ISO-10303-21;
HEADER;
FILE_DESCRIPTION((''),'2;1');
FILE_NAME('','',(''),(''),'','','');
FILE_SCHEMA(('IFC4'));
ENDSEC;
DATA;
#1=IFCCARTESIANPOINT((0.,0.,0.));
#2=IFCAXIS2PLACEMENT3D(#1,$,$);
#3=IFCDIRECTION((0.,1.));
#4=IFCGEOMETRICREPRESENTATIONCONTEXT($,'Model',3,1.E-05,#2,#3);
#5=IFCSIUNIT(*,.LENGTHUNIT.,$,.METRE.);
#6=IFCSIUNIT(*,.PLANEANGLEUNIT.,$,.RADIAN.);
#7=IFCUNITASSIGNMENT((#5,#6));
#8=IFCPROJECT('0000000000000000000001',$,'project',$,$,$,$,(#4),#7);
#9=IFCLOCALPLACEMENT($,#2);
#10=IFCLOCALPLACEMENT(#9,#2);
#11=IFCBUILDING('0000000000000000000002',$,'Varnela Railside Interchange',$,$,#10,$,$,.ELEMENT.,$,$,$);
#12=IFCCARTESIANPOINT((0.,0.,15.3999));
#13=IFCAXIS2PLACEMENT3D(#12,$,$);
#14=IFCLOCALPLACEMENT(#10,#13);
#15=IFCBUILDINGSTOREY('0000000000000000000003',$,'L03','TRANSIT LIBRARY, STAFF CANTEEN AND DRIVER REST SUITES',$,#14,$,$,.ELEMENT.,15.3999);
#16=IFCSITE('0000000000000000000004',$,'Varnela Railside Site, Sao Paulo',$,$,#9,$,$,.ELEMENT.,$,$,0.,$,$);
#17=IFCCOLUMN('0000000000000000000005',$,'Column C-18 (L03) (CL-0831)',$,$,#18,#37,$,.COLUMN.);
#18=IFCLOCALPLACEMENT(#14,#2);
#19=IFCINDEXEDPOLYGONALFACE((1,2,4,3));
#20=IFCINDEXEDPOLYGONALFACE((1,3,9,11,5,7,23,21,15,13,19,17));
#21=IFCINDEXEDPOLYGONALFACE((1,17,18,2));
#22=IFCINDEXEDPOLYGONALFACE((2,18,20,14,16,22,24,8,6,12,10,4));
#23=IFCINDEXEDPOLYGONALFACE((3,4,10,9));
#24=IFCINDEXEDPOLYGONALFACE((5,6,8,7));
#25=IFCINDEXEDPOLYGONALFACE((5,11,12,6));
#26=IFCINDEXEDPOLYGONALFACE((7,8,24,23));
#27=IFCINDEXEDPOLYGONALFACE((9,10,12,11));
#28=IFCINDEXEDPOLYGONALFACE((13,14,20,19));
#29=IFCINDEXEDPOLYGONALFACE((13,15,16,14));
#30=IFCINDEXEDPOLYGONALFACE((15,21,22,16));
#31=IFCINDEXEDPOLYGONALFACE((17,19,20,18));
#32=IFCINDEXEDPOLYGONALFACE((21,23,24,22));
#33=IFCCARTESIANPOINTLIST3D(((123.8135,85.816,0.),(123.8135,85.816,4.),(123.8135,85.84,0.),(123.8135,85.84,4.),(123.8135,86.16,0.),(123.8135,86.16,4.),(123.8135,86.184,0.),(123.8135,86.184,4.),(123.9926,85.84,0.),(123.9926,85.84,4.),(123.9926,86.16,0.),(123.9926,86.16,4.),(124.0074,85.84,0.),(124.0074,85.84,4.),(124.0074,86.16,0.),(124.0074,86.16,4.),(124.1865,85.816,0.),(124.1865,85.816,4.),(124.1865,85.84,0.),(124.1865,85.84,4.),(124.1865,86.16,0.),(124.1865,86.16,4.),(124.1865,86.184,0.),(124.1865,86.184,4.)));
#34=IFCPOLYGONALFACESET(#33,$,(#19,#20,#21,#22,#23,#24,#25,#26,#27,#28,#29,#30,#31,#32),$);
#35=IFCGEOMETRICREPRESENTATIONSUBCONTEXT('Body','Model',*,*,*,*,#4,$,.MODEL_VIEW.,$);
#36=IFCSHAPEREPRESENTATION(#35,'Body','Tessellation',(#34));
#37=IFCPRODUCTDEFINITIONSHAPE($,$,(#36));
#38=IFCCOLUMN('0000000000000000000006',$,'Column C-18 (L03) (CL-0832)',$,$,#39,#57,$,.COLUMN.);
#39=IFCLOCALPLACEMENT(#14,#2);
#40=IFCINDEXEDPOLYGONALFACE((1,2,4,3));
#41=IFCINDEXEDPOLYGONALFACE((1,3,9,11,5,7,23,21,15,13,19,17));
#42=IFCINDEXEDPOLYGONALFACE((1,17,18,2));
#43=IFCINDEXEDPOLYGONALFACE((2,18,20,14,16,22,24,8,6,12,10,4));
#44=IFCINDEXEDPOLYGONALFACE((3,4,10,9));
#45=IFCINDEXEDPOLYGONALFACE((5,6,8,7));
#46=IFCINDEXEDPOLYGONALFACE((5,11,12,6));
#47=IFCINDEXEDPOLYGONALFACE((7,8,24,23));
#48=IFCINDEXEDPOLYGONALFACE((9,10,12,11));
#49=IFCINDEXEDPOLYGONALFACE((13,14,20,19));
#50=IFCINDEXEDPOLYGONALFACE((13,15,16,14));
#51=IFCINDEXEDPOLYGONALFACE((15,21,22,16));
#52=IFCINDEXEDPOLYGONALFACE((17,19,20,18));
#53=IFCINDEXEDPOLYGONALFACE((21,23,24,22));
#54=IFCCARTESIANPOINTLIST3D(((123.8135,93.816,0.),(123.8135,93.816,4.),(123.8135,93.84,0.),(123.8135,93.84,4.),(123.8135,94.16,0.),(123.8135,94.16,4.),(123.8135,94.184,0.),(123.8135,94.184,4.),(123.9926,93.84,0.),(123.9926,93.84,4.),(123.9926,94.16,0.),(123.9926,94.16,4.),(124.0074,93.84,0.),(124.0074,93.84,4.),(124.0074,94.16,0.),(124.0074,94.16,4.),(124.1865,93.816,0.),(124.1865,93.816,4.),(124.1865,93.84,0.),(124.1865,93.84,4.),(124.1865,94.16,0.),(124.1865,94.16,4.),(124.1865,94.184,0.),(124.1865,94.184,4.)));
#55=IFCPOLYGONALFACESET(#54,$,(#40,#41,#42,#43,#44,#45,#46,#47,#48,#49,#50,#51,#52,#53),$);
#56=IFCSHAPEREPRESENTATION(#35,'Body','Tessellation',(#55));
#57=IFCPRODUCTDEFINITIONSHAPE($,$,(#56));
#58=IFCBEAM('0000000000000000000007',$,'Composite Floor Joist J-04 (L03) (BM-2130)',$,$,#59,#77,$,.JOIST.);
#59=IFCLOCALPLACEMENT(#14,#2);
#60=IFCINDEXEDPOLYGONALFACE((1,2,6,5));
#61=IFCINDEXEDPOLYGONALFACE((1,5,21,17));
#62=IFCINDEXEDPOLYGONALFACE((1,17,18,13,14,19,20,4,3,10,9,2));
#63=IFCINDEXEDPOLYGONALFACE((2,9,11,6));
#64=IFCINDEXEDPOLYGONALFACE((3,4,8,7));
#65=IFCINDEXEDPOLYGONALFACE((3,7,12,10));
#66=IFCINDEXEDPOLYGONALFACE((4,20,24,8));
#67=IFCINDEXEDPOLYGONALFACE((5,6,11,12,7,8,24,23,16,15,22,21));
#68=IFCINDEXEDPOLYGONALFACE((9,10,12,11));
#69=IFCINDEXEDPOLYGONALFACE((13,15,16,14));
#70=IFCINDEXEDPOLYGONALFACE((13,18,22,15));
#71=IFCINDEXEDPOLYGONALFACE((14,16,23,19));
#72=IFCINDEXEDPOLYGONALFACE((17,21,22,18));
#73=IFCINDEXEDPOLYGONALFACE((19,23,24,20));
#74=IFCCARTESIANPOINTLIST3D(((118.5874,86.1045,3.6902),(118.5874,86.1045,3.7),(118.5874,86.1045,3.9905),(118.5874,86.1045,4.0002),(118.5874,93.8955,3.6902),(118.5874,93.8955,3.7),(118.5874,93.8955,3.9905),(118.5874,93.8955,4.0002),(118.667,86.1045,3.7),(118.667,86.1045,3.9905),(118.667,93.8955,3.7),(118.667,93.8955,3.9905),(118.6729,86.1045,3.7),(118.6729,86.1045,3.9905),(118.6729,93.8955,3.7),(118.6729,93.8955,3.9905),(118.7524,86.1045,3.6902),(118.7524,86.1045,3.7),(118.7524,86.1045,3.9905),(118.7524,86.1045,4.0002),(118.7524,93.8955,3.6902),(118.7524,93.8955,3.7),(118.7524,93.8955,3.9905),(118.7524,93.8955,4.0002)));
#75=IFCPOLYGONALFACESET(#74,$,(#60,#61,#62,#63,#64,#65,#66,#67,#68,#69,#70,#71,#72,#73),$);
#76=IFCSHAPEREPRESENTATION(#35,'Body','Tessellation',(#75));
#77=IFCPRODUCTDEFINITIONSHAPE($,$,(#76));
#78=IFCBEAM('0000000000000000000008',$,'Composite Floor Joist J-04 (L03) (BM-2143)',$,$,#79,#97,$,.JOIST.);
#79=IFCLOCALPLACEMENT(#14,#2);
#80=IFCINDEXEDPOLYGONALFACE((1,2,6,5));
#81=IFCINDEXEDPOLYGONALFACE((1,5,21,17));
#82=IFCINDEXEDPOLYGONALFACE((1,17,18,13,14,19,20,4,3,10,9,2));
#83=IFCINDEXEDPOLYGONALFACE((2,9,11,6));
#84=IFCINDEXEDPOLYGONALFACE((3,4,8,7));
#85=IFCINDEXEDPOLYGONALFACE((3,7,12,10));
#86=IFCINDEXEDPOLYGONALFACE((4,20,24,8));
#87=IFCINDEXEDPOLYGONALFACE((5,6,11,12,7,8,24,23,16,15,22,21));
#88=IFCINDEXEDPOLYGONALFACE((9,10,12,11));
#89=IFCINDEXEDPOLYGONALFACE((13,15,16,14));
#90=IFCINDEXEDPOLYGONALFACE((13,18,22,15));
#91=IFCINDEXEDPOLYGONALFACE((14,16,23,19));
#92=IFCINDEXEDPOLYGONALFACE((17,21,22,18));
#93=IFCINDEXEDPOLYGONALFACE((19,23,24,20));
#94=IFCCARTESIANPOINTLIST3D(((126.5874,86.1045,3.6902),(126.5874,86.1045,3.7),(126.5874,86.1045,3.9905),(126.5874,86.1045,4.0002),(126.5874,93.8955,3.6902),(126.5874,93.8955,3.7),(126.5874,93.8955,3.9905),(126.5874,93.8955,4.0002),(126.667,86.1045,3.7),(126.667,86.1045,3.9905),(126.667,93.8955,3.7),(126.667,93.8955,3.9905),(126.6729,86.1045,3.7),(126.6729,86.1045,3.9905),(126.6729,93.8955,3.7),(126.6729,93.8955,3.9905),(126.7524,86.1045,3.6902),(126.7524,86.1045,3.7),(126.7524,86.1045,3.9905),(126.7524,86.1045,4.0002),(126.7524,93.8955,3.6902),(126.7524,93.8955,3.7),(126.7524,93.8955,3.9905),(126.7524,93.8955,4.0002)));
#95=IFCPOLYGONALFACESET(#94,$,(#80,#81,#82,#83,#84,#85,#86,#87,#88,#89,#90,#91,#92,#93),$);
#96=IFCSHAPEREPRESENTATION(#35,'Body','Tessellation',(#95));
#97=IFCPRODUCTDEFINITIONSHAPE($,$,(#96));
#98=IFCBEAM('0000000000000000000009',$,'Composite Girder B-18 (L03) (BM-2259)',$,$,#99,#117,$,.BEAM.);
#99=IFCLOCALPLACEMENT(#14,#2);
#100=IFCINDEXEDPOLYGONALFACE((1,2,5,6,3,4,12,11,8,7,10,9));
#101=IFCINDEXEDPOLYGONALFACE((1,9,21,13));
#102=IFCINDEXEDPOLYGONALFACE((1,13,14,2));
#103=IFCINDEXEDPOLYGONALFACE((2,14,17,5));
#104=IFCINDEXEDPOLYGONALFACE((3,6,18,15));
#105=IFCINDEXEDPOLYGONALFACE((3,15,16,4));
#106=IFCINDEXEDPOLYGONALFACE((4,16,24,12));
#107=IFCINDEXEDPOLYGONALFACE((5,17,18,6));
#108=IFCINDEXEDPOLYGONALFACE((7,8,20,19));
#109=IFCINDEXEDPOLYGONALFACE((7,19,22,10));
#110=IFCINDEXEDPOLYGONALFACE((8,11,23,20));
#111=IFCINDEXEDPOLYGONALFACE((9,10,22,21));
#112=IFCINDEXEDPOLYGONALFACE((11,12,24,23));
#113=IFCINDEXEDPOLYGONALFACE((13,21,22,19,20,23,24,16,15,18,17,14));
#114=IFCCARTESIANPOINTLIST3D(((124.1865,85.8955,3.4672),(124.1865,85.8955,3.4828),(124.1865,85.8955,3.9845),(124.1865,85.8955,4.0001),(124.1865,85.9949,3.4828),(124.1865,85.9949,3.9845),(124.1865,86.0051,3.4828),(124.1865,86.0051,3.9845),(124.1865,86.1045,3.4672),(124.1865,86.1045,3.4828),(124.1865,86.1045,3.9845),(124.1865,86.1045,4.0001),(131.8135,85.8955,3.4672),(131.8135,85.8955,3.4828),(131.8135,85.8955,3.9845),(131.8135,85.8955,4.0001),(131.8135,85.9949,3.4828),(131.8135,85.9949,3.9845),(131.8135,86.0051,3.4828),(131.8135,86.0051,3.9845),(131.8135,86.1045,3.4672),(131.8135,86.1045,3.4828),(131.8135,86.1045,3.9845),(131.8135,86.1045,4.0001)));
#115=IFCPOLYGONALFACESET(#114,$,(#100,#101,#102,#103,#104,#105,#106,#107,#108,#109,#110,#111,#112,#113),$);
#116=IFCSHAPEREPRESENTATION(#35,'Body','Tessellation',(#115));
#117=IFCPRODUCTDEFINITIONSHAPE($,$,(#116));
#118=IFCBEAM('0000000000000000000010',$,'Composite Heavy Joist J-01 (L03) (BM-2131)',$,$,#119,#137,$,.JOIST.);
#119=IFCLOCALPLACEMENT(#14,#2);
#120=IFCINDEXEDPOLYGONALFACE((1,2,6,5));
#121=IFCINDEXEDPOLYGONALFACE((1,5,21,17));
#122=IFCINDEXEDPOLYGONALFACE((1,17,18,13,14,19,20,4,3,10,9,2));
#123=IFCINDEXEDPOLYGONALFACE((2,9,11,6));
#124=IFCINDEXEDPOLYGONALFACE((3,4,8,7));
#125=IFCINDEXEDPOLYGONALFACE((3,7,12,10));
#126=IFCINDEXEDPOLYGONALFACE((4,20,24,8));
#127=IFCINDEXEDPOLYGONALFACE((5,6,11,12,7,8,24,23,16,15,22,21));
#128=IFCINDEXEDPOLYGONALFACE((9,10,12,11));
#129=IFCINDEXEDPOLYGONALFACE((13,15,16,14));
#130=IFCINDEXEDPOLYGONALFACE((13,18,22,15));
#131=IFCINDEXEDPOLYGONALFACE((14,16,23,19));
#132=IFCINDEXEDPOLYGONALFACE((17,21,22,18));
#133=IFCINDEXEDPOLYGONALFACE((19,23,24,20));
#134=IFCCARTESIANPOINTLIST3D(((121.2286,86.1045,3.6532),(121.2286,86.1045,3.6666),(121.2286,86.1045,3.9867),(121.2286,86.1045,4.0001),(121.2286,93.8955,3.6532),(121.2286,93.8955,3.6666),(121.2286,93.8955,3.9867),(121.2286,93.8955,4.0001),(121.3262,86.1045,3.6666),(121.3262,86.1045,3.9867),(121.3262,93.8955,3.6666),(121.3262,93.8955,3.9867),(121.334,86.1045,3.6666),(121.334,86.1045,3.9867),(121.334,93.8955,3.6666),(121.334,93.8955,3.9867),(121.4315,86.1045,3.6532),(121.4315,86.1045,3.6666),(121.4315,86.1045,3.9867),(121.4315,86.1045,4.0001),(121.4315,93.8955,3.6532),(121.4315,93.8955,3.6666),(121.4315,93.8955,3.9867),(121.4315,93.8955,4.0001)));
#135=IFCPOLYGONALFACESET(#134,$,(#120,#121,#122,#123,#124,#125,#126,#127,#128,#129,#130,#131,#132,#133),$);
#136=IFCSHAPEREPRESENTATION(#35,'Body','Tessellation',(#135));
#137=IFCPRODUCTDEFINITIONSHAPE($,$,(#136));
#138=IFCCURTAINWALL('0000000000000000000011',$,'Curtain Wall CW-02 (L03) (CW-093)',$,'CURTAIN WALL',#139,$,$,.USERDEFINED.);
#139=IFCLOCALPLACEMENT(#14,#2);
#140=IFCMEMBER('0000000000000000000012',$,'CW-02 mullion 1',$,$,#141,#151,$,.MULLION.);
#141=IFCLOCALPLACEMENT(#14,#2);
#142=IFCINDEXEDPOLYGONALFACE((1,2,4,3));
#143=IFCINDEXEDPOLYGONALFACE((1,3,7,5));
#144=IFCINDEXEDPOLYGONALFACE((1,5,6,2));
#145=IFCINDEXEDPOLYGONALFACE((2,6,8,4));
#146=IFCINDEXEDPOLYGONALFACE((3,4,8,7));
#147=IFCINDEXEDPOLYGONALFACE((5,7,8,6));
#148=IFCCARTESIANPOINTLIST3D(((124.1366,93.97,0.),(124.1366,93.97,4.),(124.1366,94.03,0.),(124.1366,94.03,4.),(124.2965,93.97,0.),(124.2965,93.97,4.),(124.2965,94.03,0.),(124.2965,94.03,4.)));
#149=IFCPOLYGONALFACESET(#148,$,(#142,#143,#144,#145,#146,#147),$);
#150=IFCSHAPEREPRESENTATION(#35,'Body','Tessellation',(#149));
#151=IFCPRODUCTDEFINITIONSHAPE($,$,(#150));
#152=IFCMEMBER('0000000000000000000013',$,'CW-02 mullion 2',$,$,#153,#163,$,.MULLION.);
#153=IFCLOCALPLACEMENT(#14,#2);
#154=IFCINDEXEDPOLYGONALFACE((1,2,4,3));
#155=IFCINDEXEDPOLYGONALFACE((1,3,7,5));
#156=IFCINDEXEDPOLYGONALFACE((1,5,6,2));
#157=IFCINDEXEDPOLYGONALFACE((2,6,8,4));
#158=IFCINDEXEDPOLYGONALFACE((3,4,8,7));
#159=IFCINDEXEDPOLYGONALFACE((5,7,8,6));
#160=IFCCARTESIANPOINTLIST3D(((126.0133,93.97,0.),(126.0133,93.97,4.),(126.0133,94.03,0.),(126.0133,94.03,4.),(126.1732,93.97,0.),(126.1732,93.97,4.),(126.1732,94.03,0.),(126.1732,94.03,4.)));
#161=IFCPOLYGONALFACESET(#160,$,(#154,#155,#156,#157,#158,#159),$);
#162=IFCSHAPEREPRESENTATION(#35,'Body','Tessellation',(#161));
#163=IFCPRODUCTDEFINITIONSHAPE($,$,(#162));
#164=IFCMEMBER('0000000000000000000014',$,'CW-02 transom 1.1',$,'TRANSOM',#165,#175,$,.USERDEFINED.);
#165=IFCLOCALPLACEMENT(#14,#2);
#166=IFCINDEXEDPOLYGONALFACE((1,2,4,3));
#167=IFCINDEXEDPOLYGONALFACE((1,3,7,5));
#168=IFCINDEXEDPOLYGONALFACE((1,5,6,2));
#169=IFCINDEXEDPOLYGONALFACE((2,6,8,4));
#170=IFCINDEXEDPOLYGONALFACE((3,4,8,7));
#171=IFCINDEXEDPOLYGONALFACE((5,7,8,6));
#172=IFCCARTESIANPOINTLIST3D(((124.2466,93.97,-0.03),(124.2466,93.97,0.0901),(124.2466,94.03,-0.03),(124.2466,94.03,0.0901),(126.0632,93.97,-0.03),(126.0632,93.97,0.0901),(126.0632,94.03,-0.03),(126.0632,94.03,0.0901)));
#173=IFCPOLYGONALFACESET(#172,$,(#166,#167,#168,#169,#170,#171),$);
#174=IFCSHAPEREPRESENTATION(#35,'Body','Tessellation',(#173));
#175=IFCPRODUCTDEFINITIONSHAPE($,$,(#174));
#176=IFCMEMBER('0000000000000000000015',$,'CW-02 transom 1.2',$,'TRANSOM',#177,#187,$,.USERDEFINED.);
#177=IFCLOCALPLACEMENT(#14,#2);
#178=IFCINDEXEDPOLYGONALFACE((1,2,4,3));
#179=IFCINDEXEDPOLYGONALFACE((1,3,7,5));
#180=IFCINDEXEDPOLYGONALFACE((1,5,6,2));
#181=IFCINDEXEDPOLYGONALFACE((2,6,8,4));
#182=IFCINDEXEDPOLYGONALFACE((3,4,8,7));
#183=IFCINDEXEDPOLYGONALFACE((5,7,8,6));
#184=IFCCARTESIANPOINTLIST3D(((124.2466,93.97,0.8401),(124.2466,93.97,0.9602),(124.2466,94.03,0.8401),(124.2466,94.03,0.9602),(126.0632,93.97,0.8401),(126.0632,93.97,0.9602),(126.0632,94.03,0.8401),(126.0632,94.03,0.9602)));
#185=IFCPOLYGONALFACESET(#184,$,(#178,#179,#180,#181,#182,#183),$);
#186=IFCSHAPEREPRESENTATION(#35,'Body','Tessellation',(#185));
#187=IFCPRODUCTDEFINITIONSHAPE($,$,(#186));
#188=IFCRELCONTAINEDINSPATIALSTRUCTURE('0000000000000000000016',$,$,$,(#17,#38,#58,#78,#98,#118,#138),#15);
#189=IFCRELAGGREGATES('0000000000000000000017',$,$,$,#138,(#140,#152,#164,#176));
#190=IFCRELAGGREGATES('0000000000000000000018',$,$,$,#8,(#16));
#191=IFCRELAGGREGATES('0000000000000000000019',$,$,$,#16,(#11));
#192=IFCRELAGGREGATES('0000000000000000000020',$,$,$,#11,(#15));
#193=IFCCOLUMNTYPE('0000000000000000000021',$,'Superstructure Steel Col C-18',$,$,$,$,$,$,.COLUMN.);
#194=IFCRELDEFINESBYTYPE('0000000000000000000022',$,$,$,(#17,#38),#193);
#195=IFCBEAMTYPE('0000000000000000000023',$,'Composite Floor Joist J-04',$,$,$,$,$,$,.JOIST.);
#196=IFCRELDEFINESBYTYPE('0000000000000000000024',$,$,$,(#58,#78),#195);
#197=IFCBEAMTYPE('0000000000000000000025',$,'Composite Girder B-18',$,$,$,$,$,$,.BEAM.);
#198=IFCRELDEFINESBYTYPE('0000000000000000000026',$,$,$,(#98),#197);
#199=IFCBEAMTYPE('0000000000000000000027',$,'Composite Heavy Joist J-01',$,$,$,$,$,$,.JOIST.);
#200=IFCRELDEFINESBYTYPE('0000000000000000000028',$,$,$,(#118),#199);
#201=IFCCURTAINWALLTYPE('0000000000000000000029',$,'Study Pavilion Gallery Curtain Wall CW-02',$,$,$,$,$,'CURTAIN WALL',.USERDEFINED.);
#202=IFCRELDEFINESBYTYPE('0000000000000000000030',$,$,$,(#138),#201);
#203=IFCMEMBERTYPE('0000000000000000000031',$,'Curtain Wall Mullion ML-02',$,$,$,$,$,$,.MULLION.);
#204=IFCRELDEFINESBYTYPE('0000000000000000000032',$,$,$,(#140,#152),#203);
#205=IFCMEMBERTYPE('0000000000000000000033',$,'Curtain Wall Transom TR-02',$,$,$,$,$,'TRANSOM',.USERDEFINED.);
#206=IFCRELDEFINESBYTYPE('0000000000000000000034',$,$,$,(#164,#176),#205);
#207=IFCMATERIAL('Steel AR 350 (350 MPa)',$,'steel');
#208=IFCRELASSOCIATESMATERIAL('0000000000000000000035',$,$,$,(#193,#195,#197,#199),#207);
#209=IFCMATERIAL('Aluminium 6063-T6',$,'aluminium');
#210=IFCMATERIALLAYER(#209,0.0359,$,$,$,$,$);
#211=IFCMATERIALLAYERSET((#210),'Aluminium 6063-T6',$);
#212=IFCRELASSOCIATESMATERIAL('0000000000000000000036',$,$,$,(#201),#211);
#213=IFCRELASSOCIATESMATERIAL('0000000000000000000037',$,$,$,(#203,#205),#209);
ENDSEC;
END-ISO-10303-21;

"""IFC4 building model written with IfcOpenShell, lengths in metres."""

from ifc_helpers import new_model, si_unit, direction, frame, origin, origin_2d, place, context, subcontext, project, spatial, rectangle, i_section, extrude, material, layer, layer_set, material_profile, profile_set, type_object, element, aggregate, save


model = new_model("IFC4")

# Units and contexts
model_context = context("Model", 3, precision=1e-05, world=origin(), true_north=direction((0.0, 1.0)))
body_context = subcontext(model_context, "Body", "Model", "MODEL_VIEW")
ifc_project = project(units=[si_unit("LENGTHUNIT", "METRE"), si_unit("PLANEANGLEUNIT", "RADIAN")], contexts=[model_context])

# Site, building, storey
site_placement = place(None, origin())
site = spatial("IfcSite", under=ifc_project, at=site_placement, Name="Varnela Railside Site, Sao Paulo", CompositionType="ELEMENT", RefElevation=0.0)
building_placement = place(site_placement, origin())
building = spatial("IfcBuilding", under=site, at=building_placement, Name="Varnela Railside Interchange", CompositionType="ELEMENT")
storey_placement = place(building_placement, frame((0.0, 0.0, 15.3999)))
storey = spatial("IfcBuildingStorey", under=building, at=storey_placement, Name="L03", Description="TRANSIT LIBRARY, STAFF CANTEEN AND DRIVER REST SUITES", CompositionType="ELEMENT", Elevation=15.3999)

# Columns
ifc_material_1 = material(Name="Steel AR 350 (350 MPa)", Category="steel")
ifc_material_profile_1 = material_profile(ifc_material_1, i_section(OverallWidth=0.373, OverallDepth=0.3679, WebThickness=0.0149, FlangeThickness=0.0239, at=origin_2d()), Name="W360x179")
ifc_profile_set_1 = profile_set([ifc_material_profile_1], Name="Steel AR 350 (350 MPa)")
column_type = type_object("IfcColumnType", Name="Superstructure Steel Col C-18", PredefinedType="COLUMN", material=ifc_profile_set_1)
for number, where, z_axis, x_axis, name in (
    (1, (124.0, 86.0, 0.0), (0.0, 0.0, 1.0), (1.0, 0.0, 0.0), "Column C-18 (L03) (CL-0831)"),
    (2, (124.0, 94.0, 0.0), (0.0, 0.0, 1.0), (1.0, 0.0, 0.0), "Column C-18 (L03) (CL-0832)"),
):
    element("IfcColumn", number, at=place(storey_placement, frame(where, z_axis=z_axis, x_axis=x_axis)), inside=storey, type_object=column_type, Name=name, PredefinedType="COLUMN", context=body_context, shape_type="SweptSolid", body=[
        extrude(i_section(OverallWidth=0.373, OverallDepth=0.3679, WebThickness=0.0149, FlangeThickness=0.0239, at=origin_2d()), origin(), (0.0, 0.0, 1.0), 4.0),
    ])

# Beams
ifc_material_profile_2 = material_profile(ifc_material_1, i_section(OverallWidth=0.165, OverallDepth=0.3101, WebThickness=0.0059, FlangeThickness=0.0098, at=origin_2d()), Name="W310x38.7")
ifc_profile_set_2 = profile_set([ifc_material_profile_2], Name="Steel AR 350 (350 MPa)")
beam_type_1 = type_object("IfcBeamType", Name="Composite Floor Joist J-04", PredefinedType="JOIST", material=ifc_profile_set_2)
for number, where, z_axis, x_axis, name in (
    (3, (118.6699, 86.1045, 3.8452), (0.0, 1.0, 0.0), (-1.0, 0.0, 0.0), "Composite Floor Joist J-04 (L03) (BM-2130)"),
    (4, (126.6699, 86.1045, 3.8452), (0.0, 1.0, 0.0), (-1.0, 0.0, 0.0), "Composite Floor Joist J-04 (L03) (BM-2143)"),
):
    element("IfcBeam", number, at=place(storey_placement, frame(where, z_axis=z_axis, x_axis=x_axis)), inside=storey, type_object=beam_type_1, Name=name, PredefinedType="JOIST", context=body_context, shape_type="SweptSolid", body=[
        extrude(i_section(OverallWidth=0.165, OverallDepth=0.3101, WebThickness=0.0059, FlangeThickness=0.0098, at=origin_2d()), origin(), (0.0, 0.0, 1.0), 7.791),
    ])
ifc_material_profile_3 = material_profile(ifc_material_1, i_section(OverallWidth=0.209, OverallDepth=0.533, WebThickness=0.0103, FlangeThickness=0.0156, at=origin_2d()), Name="W530x92")
ifc_profile_set_3 = profile_set([ifc_material_profile_3], Name="Steel AR 350 (350 MPa)")
beam_type_2 = type_object("IfcBeamType", Name="Composite Girder B-18", PredefinedType="BEAM", material=ifc_profile_set_3)
beam_1_placement = place(storey_placement, frame((124.1865, 86.0, 3.7336), z_axis=(1.0, 0.0, 0.0), x_axis=(0.0, 1.0, 0.0)))
element("IfcBeam", 5, at=beam_1_placement, inside=storey, type_object=beam_type_2, Name="Composite Girder B-18 (L03) (BM-2259)", PredefinedType="BEAM", context=body_context, shape_type="SweptSolid", body=[
    extrude(i_section(OverallWidth=0.209, OverallDepth=0.533, WebThickness=0.0103, FlangeThickness=0.0156, at=origin_2d()), origin(), (0.0, 0.0, 1.0), 7.627),
])
ifc_material_profile_4 = material_profile(ifc_material_1, i_section(OverallWidth=0.2029, OverallDepth=0.3469, WebThickness=0.0078, FlangeThickness=0.0134, at=origin_2d()), Name="W360x64")
ifc_profile_set_4 = profile_set([ifc_material_profile_4], Name="Steel AR 350 (350 MPa)")
beam_type_3 = type_object("IfcBeamType", Name="Composite Heavy Joist J-01", PredefinedType="JOIST", material=ifc_profile_set_4)
beam_2_placement = place(storey_placement, frame((121.3301, 86.1045, 3.8267), z_axis=(0.0, 1.0, 0.0), x_axis=(-1.0, 0.0, 0.0)))
element("IfcBeam", 6, at=beam_2_placement, inside=storey, type_object=beam_type_3, Name="Composite Heavy Joist J-01 (L03) (BM-2131)", PredefinedType="JOIST", context=body_context, shape_type="SweptSolid", body=[
    extrude(i_section(OverallWidth=0.2029, OverallDepth=0.3469, WebThickness=0.0078, FlangeThickness=0.0134, at=origin_2d()), origin(), (0.0, 0.0, 1.0), 7.791),
])

# Curtain wall, members
ifc_material_2 = material(Name="Aluminium 6063-T6", Category="aluminium")
ifc_layer_1 = layer(ifc_material_2, 0.0359)
ifc_layer_set_1 = layer_set([ifc_layer_1], Name="Aluminium 6063-T6")
curtain_wall_type = type_object("IfcCurtainWallType", Name="Study Pavilion Gallery Curtain Wall CW-02", ElementType="CURTAIN WALL", PredefinedType="USERDEFINED", material=ifc_layer_set_1)
curtain_wall_placement = place(storey_placement, origin())
curtain_wall = element("IfcCurtainWall", 7, at=curtain_wall_placement, inside=storey, type_object=curtain_wall_type, Name="Curtain Wall CW-02 (L03) (CW-093)", ObjectType="CURTAIN WALL", PredefinedType="USERDEFINED")
ifc_material_profile_5 = material_profile(ifc_material_2, rectangle(XDim=0.0601, YDim=0.1599, at=origin_2d()), Name="ALU 60x160")
ifc_profile_set_5 = profile_set([ifc_material_profile_5], Name="Aluminium 6063-T6")
member_type_1 = type_object("IfcMemberType", Name="Curtain Wall Mullion ML-02", PredefinedType="MULLION", material=ifc_profile_set_5)
member_1_placement = place(storey_placement, frame((124.2166, 94.0, 0.0), z_axis=(0.0, 0.0, 1.0), x_axis=(0.0, 1.0, 0.0)))
member_1 = element("IfcMember", 8, at=member_1_placement, type_object=member_type_1, Name="CW-02 mullion 1", PredefinedType="MULLION", context=body_context, shape_type="SweptSolid", body=[
    extrude(rectangle(XDim=0.0601, YDim=0.1599, at=origin_2d()), origin(), (0.0, 0.0, 1.0), 4.0),
])
member_2_placement = place(storey_placement, frame((126.0933, 94.0, 0.0), z_axis=(0.0, 0.0, 1.0), x_axis=(0.0, 1.0, 0.0)))
member_2 = element("IfcMember", 9, at=member_2_placement, type_object=member_type_1, Name="CW-02 mullion 2", PredefinedType="MULLION", context=body_context, shape_type="SweptSolid", body=[
    extrude(rectangle(XDim=0.0601, YDim=0.1599, at=origin_2d()), origin(), (0.0, 0.0, 1.0), 4.0),
])
ifc_material_profile_6 = material_profile(ifc_material_2, rectangle(XDim=0.0601, YDim=0.1201, at=origin_2d()), Name="ALU 60x120")
ifc_profile_set_6 = profile_set([ifc_material_profile_6], Name="Aluminium 6063-T6")
member_type_2 = type_object("IfcMemberType", Name="Curtain Wall Transom TR-02", ElementType="TRANSOM", PredefinedType="USERDEFINED", material=ifc_profile_set_6)
member_3_placement = place(storey_placement, frame((124.2466, 94.0, 0.03), z_axis=(1.0, 0.0, 0.0), x_axis=(0.0, 1.0, 0.0)))
member_3 = element("IfcMember", 10, at=member_3_placement, type_object=member_type_2, Name="CW-02 transom 1.1", ObjectType="TRANSOM", PredefinedType="USERDEFINED", context=body_context, shape_type="SweptSolid", body=[
    extrude(rectangle(XDim=0.0601, YDim=0.1201, at=origin_2d()), origin(), (0.0, 0.0, 1.0), 1.8167),
])
member_4_placement = place(storey_placement, frame((124.2466, 94.0, 0.9001), z_axis=(1.0, 0.0, 0.0), x_axis=(0.0, 1.0, 0.0)))
member_4 = element("IfcMember", 11, at=member_4_placement, type_object=member_type_2, Name="CW-02 transom 1.2", ObjectType="TRANSOM", PredefinedType="USERDEFINED", context=body_context, shape_type="SweptSolid", body=[
    extrude(rectangle(XDim=0.0601, YDim=0.1201, at=origin_2d()), origin(), (0.0, 0.0, 1.0), 1.8167),
])

aggregate(curtain_wall, [member_1, member_2, member_3, member_4])

save(model, "model.ifc")
